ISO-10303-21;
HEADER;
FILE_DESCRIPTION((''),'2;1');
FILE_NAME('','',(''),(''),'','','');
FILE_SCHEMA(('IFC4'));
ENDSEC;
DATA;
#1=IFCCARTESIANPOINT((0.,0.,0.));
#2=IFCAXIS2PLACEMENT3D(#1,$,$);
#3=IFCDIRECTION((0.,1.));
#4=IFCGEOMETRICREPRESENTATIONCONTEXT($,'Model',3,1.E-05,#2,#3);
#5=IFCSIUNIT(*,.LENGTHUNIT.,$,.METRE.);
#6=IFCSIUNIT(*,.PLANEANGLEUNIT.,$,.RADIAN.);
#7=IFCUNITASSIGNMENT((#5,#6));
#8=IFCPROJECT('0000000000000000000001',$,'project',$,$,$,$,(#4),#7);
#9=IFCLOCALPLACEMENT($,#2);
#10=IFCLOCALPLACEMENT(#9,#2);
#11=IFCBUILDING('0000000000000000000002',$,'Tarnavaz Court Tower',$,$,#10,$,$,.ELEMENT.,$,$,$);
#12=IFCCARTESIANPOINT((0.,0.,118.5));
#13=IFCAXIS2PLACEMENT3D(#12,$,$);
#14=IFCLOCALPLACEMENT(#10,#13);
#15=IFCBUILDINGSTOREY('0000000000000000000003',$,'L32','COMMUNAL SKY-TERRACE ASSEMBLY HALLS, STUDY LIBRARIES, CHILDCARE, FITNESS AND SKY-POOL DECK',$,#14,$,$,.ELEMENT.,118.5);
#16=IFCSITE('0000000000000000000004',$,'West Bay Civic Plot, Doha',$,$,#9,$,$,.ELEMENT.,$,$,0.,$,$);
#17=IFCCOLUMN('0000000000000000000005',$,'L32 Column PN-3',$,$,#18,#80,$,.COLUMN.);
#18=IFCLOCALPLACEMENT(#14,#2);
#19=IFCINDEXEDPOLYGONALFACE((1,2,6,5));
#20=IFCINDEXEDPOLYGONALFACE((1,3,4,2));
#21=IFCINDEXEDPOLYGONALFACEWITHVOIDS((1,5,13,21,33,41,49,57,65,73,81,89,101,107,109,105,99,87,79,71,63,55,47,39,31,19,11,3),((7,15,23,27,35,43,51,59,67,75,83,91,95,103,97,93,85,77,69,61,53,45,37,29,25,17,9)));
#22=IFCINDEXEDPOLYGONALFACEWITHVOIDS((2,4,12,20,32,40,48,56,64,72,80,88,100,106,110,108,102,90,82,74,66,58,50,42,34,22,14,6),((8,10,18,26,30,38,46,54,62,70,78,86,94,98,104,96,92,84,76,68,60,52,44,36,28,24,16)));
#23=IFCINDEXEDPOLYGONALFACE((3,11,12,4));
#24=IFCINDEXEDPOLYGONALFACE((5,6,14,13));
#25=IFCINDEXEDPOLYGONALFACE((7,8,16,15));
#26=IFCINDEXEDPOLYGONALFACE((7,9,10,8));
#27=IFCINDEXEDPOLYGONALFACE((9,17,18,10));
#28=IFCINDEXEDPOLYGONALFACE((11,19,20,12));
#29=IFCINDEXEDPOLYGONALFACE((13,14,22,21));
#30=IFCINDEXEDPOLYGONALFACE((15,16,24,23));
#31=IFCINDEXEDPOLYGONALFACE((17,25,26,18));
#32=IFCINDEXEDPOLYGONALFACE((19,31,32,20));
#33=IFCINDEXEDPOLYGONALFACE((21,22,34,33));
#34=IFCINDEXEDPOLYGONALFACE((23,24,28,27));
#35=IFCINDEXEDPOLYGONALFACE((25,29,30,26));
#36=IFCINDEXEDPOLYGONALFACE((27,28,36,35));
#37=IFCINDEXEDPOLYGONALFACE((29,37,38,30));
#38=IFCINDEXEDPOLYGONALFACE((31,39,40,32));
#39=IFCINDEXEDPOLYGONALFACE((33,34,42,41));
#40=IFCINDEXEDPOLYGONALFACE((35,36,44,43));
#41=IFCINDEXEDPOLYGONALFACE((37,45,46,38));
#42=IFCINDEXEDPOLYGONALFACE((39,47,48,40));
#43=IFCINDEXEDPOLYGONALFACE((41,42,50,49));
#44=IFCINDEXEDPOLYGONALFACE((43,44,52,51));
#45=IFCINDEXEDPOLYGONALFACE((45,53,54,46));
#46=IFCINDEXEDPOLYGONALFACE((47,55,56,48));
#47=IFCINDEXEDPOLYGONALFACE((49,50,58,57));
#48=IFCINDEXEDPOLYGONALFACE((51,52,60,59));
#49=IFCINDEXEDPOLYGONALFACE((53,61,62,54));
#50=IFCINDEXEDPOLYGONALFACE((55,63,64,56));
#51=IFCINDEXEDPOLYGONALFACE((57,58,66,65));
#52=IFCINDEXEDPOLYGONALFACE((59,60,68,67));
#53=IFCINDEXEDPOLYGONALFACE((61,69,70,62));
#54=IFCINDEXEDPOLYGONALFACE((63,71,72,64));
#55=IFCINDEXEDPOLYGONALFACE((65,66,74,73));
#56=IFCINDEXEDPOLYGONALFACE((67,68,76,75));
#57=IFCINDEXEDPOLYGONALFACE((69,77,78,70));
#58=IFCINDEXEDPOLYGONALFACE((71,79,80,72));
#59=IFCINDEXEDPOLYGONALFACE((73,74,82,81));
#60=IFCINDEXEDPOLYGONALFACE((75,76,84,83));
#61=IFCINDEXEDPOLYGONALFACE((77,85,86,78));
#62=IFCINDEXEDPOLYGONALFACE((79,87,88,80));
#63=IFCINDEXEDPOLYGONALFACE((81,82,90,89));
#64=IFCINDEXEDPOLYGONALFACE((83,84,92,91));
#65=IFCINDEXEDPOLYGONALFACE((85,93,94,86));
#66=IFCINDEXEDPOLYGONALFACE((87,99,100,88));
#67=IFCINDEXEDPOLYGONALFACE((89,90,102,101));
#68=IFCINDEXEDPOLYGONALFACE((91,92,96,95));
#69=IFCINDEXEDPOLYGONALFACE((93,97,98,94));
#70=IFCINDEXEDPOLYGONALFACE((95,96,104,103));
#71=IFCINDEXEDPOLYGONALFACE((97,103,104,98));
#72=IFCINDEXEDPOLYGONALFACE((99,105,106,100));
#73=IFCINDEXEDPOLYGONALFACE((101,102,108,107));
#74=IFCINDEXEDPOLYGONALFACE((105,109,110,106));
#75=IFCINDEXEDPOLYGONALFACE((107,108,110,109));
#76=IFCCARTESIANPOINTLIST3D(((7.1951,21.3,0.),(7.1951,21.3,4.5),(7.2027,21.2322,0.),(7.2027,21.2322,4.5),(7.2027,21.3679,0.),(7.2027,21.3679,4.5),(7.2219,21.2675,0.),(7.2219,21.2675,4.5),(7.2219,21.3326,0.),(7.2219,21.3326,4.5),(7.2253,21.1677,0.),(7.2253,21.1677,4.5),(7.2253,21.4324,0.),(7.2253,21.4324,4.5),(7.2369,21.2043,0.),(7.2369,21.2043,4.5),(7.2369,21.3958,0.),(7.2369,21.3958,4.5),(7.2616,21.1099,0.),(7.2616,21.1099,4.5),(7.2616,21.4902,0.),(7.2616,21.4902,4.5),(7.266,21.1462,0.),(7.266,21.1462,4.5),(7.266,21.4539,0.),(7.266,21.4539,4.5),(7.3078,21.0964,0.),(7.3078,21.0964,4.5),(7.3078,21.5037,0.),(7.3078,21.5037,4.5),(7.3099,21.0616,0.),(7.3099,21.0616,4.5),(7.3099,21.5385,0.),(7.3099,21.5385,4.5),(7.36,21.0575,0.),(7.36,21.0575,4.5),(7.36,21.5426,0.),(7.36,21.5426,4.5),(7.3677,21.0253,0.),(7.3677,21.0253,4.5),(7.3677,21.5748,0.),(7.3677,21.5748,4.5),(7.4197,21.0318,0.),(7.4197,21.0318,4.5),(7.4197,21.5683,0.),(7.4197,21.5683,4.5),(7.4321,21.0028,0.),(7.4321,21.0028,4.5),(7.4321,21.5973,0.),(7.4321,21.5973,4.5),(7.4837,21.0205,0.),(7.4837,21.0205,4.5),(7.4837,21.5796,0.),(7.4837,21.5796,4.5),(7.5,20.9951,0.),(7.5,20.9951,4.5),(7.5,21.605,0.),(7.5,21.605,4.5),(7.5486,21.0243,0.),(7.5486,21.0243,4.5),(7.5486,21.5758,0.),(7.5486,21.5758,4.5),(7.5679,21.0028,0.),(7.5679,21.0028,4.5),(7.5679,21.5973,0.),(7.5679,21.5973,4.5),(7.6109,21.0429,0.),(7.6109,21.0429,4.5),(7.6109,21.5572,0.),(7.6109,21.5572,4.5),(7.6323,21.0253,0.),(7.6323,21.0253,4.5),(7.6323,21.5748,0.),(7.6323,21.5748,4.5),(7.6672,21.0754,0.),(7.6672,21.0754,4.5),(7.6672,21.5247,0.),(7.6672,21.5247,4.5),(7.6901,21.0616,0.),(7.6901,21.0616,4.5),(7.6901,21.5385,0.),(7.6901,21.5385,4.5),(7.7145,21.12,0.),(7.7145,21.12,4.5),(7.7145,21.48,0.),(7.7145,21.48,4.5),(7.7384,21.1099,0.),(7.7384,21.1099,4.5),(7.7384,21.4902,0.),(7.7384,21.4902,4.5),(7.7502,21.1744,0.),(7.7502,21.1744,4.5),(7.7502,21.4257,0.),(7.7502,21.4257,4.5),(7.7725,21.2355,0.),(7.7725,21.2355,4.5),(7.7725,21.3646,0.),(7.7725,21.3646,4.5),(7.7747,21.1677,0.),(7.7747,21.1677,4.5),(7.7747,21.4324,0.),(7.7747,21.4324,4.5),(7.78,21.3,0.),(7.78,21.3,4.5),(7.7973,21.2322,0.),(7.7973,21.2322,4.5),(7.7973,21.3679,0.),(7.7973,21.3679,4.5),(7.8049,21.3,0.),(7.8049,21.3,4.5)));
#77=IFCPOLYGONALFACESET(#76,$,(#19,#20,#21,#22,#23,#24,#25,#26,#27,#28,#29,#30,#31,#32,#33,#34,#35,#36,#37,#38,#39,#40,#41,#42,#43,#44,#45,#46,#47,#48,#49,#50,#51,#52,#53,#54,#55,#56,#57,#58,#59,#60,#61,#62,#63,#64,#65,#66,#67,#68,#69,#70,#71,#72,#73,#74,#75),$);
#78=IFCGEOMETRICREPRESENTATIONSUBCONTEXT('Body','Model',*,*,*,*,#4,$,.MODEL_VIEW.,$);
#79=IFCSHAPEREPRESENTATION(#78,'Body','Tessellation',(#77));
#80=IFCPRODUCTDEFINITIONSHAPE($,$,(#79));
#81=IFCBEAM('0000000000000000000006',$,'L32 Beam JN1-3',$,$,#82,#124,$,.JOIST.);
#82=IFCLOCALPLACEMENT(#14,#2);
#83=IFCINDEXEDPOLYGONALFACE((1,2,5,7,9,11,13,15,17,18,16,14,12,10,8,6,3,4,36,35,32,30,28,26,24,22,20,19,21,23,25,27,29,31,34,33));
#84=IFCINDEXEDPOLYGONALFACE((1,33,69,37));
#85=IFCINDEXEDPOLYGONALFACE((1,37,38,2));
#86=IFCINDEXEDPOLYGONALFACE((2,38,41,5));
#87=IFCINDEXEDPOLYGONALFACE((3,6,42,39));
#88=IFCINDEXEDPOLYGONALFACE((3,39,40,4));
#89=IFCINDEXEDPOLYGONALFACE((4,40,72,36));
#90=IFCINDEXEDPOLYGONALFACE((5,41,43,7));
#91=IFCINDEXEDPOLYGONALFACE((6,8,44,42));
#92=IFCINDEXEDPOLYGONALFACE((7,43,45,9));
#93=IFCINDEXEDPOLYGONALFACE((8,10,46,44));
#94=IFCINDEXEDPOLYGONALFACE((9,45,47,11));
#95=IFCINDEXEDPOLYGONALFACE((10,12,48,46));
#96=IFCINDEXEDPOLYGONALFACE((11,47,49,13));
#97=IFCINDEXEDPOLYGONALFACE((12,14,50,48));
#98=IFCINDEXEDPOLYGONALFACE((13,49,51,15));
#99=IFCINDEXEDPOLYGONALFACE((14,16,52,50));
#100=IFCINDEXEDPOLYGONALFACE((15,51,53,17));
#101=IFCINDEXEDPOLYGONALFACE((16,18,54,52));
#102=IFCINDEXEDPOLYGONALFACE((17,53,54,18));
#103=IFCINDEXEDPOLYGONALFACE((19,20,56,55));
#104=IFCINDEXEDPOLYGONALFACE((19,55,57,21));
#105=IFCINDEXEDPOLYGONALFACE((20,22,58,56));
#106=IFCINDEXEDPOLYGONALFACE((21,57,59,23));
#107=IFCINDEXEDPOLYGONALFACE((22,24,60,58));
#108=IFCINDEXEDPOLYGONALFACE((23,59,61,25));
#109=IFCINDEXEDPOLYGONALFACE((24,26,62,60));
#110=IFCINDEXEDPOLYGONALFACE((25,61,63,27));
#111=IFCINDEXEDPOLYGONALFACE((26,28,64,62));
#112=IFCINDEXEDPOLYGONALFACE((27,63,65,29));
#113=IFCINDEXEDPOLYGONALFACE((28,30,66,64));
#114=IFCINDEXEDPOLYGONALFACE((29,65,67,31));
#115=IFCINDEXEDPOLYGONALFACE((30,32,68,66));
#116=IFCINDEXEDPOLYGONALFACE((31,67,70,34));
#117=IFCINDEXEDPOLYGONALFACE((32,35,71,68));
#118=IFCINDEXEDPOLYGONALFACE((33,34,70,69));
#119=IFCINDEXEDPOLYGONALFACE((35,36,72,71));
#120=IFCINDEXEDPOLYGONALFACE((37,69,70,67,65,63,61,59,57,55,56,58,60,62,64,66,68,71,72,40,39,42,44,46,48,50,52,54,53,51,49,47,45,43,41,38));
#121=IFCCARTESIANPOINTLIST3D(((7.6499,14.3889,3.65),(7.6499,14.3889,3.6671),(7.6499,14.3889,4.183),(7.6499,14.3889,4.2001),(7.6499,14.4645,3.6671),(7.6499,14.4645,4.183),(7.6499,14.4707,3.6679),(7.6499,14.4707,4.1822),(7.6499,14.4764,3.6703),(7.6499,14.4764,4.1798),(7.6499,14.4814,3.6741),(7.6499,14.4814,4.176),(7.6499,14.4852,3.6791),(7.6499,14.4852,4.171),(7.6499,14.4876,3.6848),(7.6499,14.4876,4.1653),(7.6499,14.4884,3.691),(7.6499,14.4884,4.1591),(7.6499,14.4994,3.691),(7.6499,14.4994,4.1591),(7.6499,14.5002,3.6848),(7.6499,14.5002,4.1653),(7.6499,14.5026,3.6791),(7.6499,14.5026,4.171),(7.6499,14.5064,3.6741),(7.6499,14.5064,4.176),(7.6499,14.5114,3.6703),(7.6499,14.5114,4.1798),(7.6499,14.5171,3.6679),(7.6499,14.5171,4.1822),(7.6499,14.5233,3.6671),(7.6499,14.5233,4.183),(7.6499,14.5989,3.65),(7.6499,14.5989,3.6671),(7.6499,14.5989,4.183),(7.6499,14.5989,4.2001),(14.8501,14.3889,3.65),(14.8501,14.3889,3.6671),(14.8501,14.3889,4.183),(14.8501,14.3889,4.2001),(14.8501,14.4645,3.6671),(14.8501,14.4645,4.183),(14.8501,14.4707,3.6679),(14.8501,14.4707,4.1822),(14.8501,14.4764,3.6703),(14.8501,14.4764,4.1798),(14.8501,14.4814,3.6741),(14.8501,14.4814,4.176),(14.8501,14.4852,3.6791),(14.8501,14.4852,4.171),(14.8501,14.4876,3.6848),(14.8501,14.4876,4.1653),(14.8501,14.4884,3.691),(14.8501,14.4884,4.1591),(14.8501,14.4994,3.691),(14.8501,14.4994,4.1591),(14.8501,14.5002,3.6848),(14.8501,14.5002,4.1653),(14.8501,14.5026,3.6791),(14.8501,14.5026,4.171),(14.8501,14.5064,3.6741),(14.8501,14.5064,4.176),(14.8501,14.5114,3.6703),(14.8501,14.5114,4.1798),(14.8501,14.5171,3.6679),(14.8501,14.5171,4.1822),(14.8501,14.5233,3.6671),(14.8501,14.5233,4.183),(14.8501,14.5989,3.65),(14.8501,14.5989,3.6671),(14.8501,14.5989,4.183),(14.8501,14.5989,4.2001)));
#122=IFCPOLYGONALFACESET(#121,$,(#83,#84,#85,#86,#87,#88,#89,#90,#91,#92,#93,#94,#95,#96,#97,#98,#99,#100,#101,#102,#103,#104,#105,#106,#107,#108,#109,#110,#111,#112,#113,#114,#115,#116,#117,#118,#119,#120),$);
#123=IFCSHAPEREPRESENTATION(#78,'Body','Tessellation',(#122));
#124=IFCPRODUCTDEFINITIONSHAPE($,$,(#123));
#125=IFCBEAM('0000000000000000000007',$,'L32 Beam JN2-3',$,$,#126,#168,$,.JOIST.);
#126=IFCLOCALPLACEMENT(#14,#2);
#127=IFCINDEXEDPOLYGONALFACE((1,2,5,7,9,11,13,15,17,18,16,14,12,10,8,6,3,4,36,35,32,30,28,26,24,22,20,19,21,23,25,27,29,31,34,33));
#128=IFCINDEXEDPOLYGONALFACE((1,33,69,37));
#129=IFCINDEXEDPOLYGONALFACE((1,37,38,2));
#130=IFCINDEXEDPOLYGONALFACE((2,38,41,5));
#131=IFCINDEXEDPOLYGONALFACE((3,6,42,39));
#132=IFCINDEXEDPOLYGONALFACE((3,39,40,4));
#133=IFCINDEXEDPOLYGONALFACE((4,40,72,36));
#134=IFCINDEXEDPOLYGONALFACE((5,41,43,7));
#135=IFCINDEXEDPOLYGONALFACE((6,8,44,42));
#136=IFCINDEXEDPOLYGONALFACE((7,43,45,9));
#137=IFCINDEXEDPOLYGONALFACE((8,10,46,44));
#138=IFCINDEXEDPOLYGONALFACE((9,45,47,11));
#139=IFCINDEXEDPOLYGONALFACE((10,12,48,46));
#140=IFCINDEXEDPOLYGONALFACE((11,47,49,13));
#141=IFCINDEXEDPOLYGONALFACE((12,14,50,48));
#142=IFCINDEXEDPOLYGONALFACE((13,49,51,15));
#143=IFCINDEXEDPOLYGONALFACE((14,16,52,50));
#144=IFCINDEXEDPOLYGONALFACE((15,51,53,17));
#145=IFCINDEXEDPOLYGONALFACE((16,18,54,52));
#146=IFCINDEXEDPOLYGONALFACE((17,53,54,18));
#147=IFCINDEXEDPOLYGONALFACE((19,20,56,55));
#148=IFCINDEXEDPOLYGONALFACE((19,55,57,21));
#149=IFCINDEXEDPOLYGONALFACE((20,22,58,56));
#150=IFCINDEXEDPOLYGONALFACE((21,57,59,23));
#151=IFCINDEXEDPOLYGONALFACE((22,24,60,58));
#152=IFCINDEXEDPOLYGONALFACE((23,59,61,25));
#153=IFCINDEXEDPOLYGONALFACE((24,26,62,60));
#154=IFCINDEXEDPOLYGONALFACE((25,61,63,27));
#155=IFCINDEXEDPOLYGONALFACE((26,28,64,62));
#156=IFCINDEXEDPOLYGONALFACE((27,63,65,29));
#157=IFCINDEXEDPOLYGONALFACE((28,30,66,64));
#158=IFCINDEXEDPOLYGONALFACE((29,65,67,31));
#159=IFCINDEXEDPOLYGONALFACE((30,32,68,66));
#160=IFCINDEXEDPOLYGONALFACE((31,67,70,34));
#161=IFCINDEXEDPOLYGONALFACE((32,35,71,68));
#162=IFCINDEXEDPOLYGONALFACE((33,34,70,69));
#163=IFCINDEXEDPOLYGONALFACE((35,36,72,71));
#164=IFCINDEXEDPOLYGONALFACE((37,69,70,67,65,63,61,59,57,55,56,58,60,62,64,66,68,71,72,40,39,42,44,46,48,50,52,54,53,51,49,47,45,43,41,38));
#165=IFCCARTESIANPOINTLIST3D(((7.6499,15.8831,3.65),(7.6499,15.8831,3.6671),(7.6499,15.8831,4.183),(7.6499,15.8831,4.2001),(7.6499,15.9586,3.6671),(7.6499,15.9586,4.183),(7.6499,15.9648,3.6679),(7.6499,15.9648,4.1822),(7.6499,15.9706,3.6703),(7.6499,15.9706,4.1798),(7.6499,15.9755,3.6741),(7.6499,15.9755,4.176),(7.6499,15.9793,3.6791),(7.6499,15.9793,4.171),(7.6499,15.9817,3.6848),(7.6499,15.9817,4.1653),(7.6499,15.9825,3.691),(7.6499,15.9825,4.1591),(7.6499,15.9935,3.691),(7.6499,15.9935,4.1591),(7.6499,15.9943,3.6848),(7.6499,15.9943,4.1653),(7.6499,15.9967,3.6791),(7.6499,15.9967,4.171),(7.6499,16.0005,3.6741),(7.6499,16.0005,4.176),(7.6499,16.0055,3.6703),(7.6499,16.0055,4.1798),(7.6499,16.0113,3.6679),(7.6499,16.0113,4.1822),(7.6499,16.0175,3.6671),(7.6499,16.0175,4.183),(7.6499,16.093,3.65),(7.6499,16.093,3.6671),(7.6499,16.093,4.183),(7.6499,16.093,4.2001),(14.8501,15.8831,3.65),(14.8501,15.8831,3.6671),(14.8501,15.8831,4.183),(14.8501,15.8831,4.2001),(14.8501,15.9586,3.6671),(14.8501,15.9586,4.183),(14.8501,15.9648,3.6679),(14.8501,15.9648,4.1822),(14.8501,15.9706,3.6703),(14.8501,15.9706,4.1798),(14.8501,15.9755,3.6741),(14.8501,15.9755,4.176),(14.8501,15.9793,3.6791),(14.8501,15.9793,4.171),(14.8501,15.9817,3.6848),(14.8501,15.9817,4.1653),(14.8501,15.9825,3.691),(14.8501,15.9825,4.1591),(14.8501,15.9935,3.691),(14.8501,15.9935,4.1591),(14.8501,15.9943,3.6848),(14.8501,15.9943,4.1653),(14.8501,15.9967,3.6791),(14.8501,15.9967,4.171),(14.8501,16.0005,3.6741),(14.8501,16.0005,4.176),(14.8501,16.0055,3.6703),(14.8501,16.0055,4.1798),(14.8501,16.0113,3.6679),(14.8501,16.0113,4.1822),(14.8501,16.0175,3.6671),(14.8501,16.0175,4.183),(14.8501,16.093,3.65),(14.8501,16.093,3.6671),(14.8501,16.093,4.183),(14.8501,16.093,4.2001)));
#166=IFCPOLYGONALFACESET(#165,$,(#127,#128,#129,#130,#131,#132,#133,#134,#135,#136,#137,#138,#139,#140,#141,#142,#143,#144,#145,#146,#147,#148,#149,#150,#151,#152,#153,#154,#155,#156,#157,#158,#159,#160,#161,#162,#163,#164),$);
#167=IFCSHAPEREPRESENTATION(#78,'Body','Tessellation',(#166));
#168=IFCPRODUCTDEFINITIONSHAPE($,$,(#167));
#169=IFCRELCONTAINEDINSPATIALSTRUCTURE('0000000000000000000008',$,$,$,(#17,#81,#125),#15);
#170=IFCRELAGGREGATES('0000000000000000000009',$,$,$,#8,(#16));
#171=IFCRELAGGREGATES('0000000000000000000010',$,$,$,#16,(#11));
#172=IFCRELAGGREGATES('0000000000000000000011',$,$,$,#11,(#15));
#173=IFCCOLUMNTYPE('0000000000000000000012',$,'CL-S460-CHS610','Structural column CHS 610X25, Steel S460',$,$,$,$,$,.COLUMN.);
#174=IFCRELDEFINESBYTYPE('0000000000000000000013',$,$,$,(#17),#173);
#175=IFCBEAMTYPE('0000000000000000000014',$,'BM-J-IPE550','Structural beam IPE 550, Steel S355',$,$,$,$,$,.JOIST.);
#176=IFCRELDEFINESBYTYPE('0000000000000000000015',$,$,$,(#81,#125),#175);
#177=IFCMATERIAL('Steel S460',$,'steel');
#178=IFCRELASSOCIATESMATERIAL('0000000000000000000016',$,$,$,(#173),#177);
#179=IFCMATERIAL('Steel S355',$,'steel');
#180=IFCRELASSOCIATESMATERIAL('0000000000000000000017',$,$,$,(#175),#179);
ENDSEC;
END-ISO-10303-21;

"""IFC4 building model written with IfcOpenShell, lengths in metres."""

from ifc_helpers import new_model, si_unit, direction, frame, origin, origin_2d, place, context, subcontext, project, spatial, hollow_circle, i_section, extrude, material, material_profile, profile_set, type_object, element, save


model = new_model("IFC4")

# Units and contexts
model_context = context("Model", 3, precision=1e-05, world=origin(), true_north=direction((0.0, 1.0)))
body_context = subcontext(model_context, "Body", "Model", "MODEL_VIEW")
ifc_project = project(units=[si_unit("LENGTHUNIT", "METRE"), si_unit("PLANEANGLEUNIT", "RADIAN")], contexts=[model_context])

# Site, building, storey
site_placement = place(None, origin())
site = spatial("IfcSite", under=ifc_project, at=site_placement, Name="West Bay Civic Plot, Doha", CompositionType="ELEMENT", RefElevation=0.0)
building_placement = place(site_placement, origin())
building = spatial("IfcBuilding", under=site, at=building_placement, Name="Tarnavaz Court Tower", CompositionType="ELEMENT")
storey_placement = place(building_placement, frame((0.0, 0.0, 118.5)))
storey = spatial("IfcBuildingStorey", under=building, at=storey_placement, Name="L32", Description="COMMUNAL SKY-TERRACE ASSEMBLY HALLS, STUDY LIBRARIES, CHILDCARE, FITNESS AND SKY-POOL DECK", CompositionType="ELEMENT", Elevation=118.5)

# Column
ifc_material_1 = material(Name="Steel S460", Category="steel")
ifc_material_profile_1 = material_profile(ifc_material_1, hollow_circle(Radius=0.3049, WallThickness=0.0249, at=origin_2d()), Name="CHS 610X25")
ifc_profile_set_1 = profile_set([ifc_material_profile_1], Name="Steel S460")
column_type = type_object("IfcColumnType", Name="CL-S460-CHS610", Description="Structural column CHS 610X25, Steel S460", PredefinedType="COLUMN", material=ifc_profile_set_1)
column_placement = place(storey_placement, frame((7.5, 21.3, 0.0), z_axis=(0.0, 0.0, 1.0), x_axis=(1.0, 0.0, 0.0)))
element("IfcColumn", 1, at=column_placement, inside=storey, type_object=column_type, Name="L32 Column PN-3", PredefinedType="COLUMN", context=body_context, shape_type="SweptSolid", body=[
    extrude(hollow_circle(Radius=0.3049, WallThickness=0.0249, at=origin_2d()), origin(), (0.0, 0.0, 1.0), 4.5),
])

# Beams
ifc_material_2 = material(Name="Steel S355", Category="steel")
ifc_material_profile_2 = material_profile(ifc_material_2, i_section(OverallWidth=0.21, OverallDepth=0.55, WebThickness=0.011, FlangeThickness=0.0171, FilletRadius=0.0239, at=origin_2d()), Name="IPE 550")
ifc_profile_set_2 = profile_set([ifc_material_profile_2], Name="Steel S355")
beam_type_1 = type_object("IfcBeamType", Name="BM-J-IPE550", Description="Structural beam IPE 550, Steel S355", PredefinedType="JOIST", material=ifc_profile_set_2)
for number, where, z_axis, x_axis, name in (
    (2, (7.6499, 14.4939, 3.925), (1.0, 0.0, 0.0), (0.0, 1.0, 0.0), "L32 Beam JN1-3"),
    (3, (7.6499, 15.988, 3.925), (1.0, 0.0, 0.0), (0.0, 1.0, 0.0), "L32 Beam JN2-3"),
):
    element("IfcBeam", number, at=place(storey_placement, frame(where, z_axis=z_axis, x_axis=x_axis)), inside=storey, type_object=beam_type_1, Name=name, PredefinedType="JOIST", context=body_context, shape_type="SweptSolid", body=[
        extrude(i_section(OverallWidth=0.21, OverallDepth=0.55, WebThickness=0.011, FlangeThickness=0.0171, FilletRadius=0.0239, at=origin_2d()), origin(), (0.0, 0.0, 1.0), 7.2002),
    ])

save(model, "model.ifc")
